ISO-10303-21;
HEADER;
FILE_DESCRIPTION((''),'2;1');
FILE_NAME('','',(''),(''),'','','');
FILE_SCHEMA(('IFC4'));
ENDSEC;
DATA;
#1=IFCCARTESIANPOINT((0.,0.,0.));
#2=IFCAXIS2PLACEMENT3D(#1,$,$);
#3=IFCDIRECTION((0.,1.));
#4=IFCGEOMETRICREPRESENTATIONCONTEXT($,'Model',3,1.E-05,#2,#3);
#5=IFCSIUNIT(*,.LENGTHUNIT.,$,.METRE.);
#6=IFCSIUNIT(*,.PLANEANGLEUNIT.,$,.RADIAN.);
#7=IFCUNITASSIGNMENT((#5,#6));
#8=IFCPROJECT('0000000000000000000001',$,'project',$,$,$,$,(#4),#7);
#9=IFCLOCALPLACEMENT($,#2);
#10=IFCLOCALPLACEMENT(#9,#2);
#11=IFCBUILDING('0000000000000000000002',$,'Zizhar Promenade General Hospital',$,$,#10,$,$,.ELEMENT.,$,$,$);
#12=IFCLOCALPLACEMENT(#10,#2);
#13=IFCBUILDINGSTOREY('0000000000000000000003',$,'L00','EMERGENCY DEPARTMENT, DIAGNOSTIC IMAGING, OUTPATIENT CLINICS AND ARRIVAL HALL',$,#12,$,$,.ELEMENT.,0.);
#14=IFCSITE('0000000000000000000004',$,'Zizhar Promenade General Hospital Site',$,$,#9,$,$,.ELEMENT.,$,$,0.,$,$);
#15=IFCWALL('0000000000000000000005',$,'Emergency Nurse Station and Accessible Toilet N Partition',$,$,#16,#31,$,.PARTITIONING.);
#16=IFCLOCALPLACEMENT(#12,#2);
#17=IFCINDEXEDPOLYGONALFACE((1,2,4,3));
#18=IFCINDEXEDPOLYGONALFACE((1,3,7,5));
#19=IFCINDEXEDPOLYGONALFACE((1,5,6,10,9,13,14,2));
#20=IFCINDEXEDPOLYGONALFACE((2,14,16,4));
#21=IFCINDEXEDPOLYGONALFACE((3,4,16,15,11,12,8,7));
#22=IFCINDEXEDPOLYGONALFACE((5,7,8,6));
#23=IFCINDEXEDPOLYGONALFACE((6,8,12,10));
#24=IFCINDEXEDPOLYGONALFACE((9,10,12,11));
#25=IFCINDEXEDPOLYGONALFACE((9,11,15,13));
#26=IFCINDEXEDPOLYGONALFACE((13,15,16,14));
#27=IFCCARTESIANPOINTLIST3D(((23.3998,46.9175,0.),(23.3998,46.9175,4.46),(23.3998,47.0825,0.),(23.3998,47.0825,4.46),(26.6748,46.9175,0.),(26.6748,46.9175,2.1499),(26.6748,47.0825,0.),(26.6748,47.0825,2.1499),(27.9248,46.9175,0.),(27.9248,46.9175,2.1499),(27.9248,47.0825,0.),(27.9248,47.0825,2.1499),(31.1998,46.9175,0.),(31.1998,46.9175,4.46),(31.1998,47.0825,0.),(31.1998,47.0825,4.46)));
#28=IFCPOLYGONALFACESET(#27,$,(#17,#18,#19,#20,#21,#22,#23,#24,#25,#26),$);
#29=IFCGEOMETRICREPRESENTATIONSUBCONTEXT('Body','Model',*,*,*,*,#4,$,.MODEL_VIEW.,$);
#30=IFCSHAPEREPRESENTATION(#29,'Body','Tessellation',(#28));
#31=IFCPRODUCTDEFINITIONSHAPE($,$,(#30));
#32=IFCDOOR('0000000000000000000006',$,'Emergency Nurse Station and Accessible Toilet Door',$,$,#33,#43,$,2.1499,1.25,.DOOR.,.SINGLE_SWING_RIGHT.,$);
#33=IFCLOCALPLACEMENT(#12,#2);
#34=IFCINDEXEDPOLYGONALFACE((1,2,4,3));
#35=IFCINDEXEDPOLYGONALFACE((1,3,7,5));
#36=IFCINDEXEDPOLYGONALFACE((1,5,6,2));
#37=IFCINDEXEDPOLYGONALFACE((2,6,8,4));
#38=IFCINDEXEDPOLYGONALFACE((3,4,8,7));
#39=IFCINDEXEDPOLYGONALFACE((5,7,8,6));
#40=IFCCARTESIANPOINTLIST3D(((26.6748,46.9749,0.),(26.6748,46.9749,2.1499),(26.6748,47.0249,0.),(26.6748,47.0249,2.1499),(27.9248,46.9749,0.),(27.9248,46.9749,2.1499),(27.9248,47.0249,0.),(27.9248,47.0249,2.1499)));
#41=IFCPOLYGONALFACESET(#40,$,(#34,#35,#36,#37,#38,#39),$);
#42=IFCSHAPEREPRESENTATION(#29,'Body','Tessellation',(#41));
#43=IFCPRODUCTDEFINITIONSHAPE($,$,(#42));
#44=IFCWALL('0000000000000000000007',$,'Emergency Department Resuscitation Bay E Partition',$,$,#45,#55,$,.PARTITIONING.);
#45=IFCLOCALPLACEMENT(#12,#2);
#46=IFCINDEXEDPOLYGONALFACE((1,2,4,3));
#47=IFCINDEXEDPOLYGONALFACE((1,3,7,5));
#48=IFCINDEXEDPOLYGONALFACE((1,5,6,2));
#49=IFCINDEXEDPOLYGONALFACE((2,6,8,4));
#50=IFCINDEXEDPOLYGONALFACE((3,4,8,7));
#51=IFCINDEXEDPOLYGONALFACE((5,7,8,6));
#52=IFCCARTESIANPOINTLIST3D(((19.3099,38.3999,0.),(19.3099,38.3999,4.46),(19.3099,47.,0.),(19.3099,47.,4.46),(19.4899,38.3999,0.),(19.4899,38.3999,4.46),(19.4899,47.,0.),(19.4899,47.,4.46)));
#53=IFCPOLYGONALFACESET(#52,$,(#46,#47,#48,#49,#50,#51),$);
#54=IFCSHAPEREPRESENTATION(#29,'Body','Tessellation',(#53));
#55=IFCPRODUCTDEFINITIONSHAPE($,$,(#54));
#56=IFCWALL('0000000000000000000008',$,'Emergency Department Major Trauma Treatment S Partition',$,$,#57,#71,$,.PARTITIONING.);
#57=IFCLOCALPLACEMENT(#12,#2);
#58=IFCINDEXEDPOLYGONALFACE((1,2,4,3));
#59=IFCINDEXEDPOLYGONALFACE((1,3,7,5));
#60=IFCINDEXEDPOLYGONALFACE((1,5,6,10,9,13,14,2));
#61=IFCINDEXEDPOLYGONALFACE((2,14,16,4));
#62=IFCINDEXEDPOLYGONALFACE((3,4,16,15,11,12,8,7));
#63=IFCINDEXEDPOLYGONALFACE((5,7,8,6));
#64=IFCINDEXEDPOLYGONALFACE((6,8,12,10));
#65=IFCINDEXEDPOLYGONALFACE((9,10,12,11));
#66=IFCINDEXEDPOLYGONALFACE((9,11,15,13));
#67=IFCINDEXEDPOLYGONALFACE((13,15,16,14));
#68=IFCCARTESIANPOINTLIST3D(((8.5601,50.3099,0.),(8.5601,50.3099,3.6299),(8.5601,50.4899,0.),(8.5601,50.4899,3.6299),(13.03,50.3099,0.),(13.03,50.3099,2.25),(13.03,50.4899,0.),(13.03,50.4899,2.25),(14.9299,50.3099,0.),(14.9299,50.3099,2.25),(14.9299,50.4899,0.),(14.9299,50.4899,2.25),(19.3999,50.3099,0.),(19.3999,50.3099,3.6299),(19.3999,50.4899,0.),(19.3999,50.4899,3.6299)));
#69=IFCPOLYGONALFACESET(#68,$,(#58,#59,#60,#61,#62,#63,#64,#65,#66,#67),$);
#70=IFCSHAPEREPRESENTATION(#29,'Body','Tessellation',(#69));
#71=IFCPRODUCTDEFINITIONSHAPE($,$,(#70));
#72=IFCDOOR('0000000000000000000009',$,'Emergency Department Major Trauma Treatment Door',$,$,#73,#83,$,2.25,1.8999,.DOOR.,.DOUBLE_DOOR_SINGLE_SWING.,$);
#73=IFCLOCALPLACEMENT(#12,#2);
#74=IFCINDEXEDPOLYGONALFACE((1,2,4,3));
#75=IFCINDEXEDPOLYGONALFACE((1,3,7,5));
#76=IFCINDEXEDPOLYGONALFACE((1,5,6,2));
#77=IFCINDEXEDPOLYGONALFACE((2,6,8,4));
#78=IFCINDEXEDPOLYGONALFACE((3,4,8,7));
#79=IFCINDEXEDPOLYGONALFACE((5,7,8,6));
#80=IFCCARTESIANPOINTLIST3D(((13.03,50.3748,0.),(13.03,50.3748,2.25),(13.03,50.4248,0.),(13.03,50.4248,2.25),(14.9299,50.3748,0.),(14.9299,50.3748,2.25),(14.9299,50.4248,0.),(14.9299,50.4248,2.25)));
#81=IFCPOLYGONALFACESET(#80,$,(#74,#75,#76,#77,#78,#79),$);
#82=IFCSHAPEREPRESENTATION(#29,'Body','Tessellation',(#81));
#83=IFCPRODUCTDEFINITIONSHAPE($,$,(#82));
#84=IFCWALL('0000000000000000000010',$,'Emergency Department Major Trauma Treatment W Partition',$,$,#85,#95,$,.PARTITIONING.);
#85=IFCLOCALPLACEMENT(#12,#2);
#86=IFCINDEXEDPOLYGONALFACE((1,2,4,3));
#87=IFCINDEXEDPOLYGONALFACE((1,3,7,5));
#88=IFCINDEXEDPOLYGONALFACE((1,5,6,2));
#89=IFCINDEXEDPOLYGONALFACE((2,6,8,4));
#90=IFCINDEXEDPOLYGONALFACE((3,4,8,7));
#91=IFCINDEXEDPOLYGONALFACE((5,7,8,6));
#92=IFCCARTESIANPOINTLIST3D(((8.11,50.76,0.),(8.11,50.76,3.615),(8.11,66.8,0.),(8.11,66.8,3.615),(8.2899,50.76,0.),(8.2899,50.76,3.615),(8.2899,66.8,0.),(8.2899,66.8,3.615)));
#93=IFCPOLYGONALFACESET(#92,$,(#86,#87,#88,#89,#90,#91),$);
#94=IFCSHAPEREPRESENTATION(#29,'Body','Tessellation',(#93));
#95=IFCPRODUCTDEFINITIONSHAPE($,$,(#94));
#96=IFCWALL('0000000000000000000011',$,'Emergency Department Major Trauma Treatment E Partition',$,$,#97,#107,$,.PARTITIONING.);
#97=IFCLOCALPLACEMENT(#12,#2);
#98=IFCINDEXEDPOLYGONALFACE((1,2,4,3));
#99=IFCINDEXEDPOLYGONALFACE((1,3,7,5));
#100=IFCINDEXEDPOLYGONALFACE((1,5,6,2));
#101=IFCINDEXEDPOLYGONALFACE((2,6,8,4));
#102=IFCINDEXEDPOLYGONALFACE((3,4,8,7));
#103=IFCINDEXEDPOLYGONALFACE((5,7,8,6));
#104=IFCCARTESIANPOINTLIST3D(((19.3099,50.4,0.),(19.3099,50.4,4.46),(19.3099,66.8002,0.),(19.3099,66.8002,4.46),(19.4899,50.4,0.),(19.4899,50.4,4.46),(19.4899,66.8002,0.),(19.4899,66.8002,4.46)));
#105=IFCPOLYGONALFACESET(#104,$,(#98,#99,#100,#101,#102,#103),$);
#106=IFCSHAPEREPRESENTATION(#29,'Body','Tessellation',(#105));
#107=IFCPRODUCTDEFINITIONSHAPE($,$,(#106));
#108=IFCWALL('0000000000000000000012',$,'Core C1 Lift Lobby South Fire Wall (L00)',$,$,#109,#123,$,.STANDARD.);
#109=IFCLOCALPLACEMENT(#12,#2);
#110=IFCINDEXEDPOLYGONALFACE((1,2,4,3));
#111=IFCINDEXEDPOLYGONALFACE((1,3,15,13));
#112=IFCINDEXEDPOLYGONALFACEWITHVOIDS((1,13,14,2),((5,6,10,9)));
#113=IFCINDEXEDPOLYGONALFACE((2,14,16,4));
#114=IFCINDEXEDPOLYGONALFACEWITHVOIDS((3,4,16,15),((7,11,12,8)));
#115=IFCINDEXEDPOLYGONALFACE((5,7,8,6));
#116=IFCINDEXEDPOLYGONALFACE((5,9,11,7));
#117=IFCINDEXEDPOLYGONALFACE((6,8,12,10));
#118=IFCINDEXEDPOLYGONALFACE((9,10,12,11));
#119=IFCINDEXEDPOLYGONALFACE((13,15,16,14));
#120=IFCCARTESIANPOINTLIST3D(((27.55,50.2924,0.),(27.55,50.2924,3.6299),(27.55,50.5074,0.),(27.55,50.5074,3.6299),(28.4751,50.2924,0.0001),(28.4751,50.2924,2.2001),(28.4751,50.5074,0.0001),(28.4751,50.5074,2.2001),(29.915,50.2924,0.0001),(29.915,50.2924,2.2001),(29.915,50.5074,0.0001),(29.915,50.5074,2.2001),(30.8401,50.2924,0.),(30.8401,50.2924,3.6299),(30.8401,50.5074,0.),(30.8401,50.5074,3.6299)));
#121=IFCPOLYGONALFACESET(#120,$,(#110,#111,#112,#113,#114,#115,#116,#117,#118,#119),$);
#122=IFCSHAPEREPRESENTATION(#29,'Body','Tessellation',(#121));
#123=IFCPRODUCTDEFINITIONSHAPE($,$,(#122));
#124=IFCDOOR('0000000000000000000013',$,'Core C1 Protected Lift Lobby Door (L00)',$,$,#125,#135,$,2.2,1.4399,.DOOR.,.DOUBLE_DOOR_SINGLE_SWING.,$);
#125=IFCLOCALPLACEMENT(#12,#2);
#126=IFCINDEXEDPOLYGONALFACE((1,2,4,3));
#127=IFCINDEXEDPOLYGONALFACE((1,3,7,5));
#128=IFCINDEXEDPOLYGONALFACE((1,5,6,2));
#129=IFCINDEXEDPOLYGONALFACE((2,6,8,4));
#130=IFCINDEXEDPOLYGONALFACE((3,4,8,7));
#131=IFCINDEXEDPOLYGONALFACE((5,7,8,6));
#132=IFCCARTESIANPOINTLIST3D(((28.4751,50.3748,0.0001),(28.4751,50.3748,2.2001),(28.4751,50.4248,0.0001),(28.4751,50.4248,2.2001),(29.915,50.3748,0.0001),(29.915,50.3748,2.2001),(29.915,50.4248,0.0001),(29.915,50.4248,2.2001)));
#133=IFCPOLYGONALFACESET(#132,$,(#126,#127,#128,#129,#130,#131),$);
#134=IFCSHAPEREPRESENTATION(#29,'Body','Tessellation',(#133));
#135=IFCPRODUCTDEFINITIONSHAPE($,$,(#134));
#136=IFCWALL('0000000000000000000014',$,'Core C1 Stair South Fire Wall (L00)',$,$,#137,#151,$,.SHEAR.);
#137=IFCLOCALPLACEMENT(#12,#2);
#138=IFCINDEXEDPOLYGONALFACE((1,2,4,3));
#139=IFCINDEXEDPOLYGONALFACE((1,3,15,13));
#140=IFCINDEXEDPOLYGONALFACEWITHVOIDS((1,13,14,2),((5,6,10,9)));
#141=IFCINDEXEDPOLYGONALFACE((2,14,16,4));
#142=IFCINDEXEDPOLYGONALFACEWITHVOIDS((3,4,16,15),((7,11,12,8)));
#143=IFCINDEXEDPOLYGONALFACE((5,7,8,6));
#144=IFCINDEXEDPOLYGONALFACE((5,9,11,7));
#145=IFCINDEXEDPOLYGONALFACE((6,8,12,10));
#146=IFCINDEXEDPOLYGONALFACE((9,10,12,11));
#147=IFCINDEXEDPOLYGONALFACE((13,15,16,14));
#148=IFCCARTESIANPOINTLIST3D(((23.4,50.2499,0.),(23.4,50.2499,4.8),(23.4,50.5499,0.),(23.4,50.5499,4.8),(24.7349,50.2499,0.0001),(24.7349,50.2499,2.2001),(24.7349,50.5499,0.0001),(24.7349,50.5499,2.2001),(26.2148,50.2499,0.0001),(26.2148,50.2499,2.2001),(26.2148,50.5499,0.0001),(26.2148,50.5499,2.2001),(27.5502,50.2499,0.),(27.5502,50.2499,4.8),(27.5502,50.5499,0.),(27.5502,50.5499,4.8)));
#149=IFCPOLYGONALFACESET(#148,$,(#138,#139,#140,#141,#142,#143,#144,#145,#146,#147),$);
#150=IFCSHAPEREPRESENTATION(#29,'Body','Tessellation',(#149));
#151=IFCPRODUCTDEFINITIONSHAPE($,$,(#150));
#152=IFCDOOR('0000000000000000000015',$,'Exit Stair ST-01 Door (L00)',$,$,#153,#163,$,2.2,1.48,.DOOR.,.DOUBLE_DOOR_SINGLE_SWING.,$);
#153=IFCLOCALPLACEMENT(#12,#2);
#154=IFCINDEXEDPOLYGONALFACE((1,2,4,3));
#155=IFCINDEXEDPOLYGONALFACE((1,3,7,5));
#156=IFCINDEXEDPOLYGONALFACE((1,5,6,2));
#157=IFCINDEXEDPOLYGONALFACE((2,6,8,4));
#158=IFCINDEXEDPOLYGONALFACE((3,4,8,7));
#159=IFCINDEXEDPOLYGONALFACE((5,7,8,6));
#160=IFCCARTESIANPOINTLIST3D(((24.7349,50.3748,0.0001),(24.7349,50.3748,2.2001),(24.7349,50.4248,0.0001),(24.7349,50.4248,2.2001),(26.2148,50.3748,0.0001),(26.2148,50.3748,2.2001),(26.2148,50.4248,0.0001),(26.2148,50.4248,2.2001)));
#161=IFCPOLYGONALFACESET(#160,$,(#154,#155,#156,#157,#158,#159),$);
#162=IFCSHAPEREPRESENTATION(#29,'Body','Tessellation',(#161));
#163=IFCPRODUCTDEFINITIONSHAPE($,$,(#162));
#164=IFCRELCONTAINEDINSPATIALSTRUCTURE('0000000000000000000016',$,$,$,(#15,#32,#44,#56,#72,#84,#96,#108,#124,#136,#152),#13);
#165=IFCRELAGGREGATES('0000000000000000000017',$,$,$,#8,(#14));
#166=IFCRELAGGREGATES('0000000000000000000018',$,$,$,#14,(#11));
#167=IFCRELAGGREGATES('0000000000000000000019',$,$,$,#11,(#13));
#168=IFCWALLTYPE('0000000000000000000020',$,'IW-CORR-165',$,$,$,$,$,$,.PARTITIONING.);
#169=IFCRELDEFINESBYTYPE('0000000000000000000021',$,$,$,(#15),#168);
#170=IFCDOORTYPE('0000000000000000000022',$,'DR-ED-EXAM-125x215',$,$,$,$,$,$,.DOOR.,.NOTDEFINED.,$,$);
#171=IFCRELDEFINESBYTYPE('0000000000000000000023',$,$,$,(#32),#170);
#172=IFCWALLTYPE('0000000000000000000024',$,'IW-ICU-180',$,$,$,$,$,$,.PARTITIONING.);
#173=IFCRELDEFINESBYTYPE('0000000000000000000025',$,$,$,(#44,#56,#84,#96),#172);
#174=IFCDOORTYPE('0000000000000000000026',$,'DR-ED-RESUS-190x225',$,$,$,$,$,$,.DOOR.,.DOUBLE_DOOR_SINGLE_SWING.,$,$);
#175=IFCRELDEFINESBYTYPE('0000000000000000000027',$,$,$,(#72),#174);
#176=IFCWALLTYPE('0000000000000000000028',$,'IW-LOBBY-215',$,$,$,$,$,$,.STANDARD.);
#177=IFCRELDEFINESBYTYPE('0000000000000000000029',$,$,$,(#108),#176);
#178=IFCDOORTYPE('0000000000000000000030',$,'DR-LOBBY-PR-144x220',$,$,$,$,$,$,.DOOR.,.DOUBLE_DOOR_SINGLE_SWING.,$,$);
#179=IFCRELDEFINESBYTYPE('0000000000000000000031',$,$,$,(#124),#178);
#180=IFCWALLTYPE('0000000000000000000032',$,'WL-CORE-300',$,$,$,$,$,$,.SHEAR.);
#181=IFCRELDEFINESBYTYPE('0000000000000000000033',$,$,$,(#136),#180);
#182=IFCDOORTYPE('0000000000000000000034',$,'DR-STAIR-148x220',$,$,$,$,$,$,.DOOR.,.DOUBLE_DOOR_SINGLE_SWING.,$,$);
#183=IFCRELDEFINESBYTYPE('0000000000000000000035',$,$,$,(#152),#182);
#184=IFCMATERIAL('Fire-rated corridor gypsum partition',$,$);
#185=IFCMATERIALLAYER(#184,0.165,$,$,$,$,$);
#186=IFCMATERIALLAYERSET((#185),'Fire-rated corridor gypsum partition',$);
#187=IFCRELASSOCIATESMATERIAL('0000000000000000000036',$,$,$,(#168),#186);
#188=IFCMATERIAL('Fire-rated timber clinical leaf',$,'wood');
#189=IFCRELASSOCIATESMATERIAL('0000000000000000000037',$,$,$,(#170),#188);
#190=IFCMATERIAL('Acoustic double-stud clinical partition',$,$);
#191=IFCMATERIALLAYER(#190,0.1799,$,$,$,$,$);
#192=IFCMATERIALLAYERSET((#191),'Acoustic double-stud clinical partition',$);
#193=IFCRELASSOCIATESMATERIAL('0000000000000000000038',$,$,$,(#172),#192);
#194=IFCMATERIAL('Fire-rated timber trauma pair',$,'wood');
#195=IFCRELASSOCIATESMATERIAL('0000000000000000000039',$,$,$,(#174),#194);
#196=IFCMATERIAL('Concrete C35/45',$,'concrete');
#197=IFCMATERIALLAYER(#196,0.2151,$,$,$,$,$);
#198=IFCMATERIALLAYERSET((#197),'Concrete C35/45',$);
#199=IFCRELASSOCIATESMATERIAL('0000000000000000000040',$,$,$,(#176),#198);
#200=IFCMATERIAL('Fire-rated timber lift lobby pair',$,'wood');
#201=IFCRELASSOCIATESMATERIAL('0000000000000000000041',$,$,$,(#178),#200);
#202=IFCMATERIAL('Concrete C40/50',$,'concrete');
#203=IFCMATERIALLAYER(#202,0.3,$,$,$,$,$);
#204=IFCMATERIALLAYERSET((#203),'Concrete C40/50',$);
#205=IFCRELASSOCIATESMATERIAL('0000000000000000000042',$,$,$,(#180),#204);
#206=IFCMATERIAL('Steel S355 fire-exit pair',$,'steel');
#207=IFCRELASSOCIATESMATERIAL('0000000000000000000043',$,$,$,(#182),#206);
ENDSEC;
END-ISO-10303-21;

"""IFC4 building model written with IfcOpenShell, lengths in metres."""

from ifc_helpers import new_model, si_unit, direction, frame, frame_2d, origin, place, context, subcontext, project, spatial, rectangle, extrude, material, layer, layer_set, type_object, element, fill, save


model = new_model("IFC4")

# Units and contexts
model_context = context("Model", 3, precision=1e-05, world=origin(), true_north=direction((0.0, 1.0)))
body_context = subcontext(model_context, "Body", "Model", "MODEL_VIEW")
ifc_project = project(units=[si_unit("LENGTHUNIT", "METRE"), si_unit("PLANEANGLEUNIT", "RADIAN")], contexts=[model_context])

# Site, building, storey
site_placement = place(None, origin())
site = spatial("IfcSite", under=ifc_project, at=site_placement, Name="Zizhar Promenade General Hospital Site", CompositionType="ELEMENT", RefElevation=0.0)
building_placement = place(site_placement, origin())
building = spatial("IfcBuilding", under=site, at=building_placement, Name="Zizhar Promenade General Hospital", CompositionType="ELEMENT")
storey_placement = place(building_placement, origin())
storey = spatial("IfcBuildingStorey", under=building, at=storey_placement, Name="L00", Description="EMERGENCY DEPARTMENT, DIAGNOSTIC IMAGING, OUTPATIENT CLINICS AND ARRIVAL HALL", CompositionType="ELEMENT", Elevation=0.0)

# Wall, opening, door
ifc_material_1 = material(Name="Fire-rated corridor gypsum partition")
ifc_layer_1 = layer(ifc_material_1, 0.165)
ifc_layer_set_1 = layer_set([ifc_layer_1], Name="Fire-rated corridor gypsum partition")
wall_type_1 = type_object("IfcWallType", Name="IW-CORR-165", PredefinedType="PARTITIONING", material=ifc_layer_set_1)
wall_1_placement = place(storey_placement, frame((23.3999, 47.0, 0.0), z_axis=(0.0, 0.0, 1.0), x_axis=(1.0, 0.0, 0.0)))
wall_1 = element("IfcWall", 1, at=wall_1_placement, inside=storey, type_object=wall_type_1, Name="Emergency Nurse Station and Accessible Toilet N Partition", PredefinedType="PARTITIONING", context=body_context, shape_type="SweptSolid", body=[
    extrude(rectangle(XDim=7.8, YDim=0.165, at=frame_2d((3.8999, 0.0))), origin(), (0.0, 0.0, 1.0), 4.46),
])
opening_1_placement = place(wall_1_placement, frame((3.2749, 0.0, 0.0)))
opening_1 = element("IfcOpeningElement", 2, at=opening_1_placement, cuts=wall_1, PredefinedType="OPENING", context=body_context, shape_type="SweptSolid", body=[
    extrude(rectangle(XDim=1.25, YDim=2.1499, at=frame_2d((0.625, 1.075))), frame((0.0, 0.0925, 0.0), z_axis=(0.0, -1.0, 0.0), x_axis=(1.0, 0.0, 0.0)), (0.0, 0.0, 1.0), 0.1851),
])
ifc_material_2 = material(Name="Fire-rated timber clinical leaf", Category="wood")
door_type_1 = type_object("IfcDoorType", Name="DR-ED-EXAM-125x215", OperationType="NOTDEFINED", PredefinedType="DOOR", material=ifc_material_2)
door_1_placement = place(opening_1_placement, origin())
door_1 = element("IfcDoor", 3, at=door_1_placement, inside=storey, type_object=door_type_1, Name="Emergency Nurse Station and Accessible Toilet Door", OperationType="SINGLE_SWING_RIGHT", OverallHeight=2.1499, OverallWidth=1.25, PredefinedType="DOOR", context=body_context, shape_type="SweptSolid", body=[
    extrude(rectangle(XDim=1.25, YDim=2.1499, at=frame_2d((0.625, 1.075))), frame((0.0, 0.0249, 0.0), z_axis=(0.0, -1.0, 0.0), x_axis=(1.0, 0.0, 0.0)), (0.0, 0.0, 1.0), 0.05),
])
fill(opening_1, door_1)

# Wall
ifc_material_3 = material(Name="Acoustic double-stud clinical partition")
ifc_layer_2 = layer(ifc_material_3, 0.1799)
ifc_layer_set_2 = layer_set([ifc_layer_2], Name="Acoustic double-stud clinical partition")
wall_type_2 = type_object("IfcWallType", Name="IW-ICU-180", PredefinedType="PARTITIONING", material=ifc_layer_set_2)
wall_2_placement = place(storey_placement, frame((19.3999, 38.3999, 0.0), z_axis=(0.0, 0.0, 1.0), x_axis=(0.0, 1.0, 0.0)))
element("IfcWall", 4, at=wall_2_placement, inside=storey, type_object=wall_type_2, Name="Emergency Department Resuscitation Bay E Partition", PredefinedType="PARTITIONING", context=body_context, shape_type="SweptSolid", body=[
    extrude(rectangle(XDim=8.6001, YDim=0.1799, at=frame_2d((4.3, 0.0))), origin(), (0.0, 0.0, 1.0), 4.46),
])

# Wall, opening, door
wall_3_placement = place(storey_placement, frame((8.5601, 50.3999, 0.0), z_axis=(0.0, 0.0, 1.0), x_axis=(1.0, 0.0, 0.0)))
wall_3 = element("IfcWall", 5, at=wall_3_placement, inside=storey, type_object=wall_type_2, Name="Emergency Department Major Trauma Treatment S Partition", PredefinedType="PARTITIONING", context=body_context, shape_type="SweptSolid", body=[
    extrude(rectangle(XDim=10.8398, YDim=0.1799, at=frame_2d((5.4199, 0.0))), origin(), (0.0, 0.0, 1.0), 3.6299),
])
opening_2_placement = place(wall_3_placement, frame((4.47, 0.0, 0.0)))
opening_2 = element("IfcOpeningElement", 6, at=opening_2_placement, cuts=wall_3, PredefinedType="OPENING", context=body_context, shape_type="SweptSolid", body=[
    extrude(rectangle(XDim=1.8999, YDim=2.25, at=frame_2d((0.95, 1.125))), frame((0.0, 0.1001, 0.0), z_axis=(0.0, -1.0, 0.0), x_axis=(1.0, 0.0, 0.0)), (0.0, 0.0, 1.0), 0.2),
])
ifc_material_4 = material(Name="Fire-rated timber trauma pair", Category="wood")
door_type_2 = type_object("IfcDoorType", Name="DR-ED-RESUS-190x225", OperationType="DOUBLE_DOOR_SINGLE_SWING", PredefinedType="DOOR", material=ifc_material_4)
door_2_placement = place(opening_2_placement, origin())
door_2 = element("IfcDoor", 7, at=door_2_placement, inside=storey, type_object=door_type_2, Name="Emergency Department Major Trauma Treatment Door", OperationType="DOUBLE_DOOR_SINGLE_SWING", OverallHeight=2.25, OverallWidth=1.8999, PredefinedType="DOOR", context=body_context, shape_type="SweptSolid", body=[
    extrude(rectangle(XDim=1.8999, YDim=2.25, at=frame_2d((0.95, 1.125))), frame((0.0, 0.0249, 0.0), z_axis=(0.0, -1.0, 0.0), x_axis=(1.0, 0.0, 0.0)), (0.0, 0.0, 1.0), 0.05),
])
fill(opening_2, door_2)

# Walls
wall_4_placement = place(storey_placement, frame((8.2, 50.76, 0.0), z_axis=(0.0, 0.0, 1.0), x_axis=(0.0, 1.0, 0.0)))
element("IfcWall", 8, at=wall_4_placement, inside=storey, type_object=wall_type_2, Name="Emergency Department Major Trauma Treatment W Partition", PredefinedType="PARTITIONING", context=body_context, shape_type="SweptSolid", body=[
    extrude(rectangle(XDim=16.04, YDim=0.1799, at=frame_2d((8.02, 0.0))), origin(), (0.0, 0.0, 1.0), 3.615),
])
wall_5_placement = place(storey_placement, frame((19.3999, 50.3999, 0.0), z_axis=(0.0, 0.0, 1.0), x_axis=(0.0, 1.0, 0.0)))
element("IfcWall", 9, at=wall_5_placement, inside=storey, type_object=wall_type_2, Name="Emergency Department Major Trauma Treatment E Partition", PredefinedType="PARTITIONING", context=body_context, shape_type="SweptSolid", body=[
    extrude(rectangle(XDim=16.4001, YDim=0.1799, at=frame_2d((8.2002, 0.0))), origin(), (0.0, 0.0, 1.0), 4.46),
])

# Walls, openings, doors
ifc_material_5 = material(Name="Concrete C35/45", Category="concrete")
ifc_layer_3 = layer(ifc_material_5, 0.2151)
ifc_layer_set_3 = layer_set([ifc_layer_3], Name="Concrete C35/45")
wall_type_3 = type_object("IfcWallType", Name="IW-LOBBY-215", PredefinedType="STANDARD", material=ifc_layer_set_3)
wall_6_placement = place(storey_placement, frame((27.55, 50.3999, 0.0), z_axis=(0.0, 0.0, 1.0), x_axis=(1.0, 0.0, 0.0)))
wall_6 = element("IfcWall", 10, at=wall_6_placement, inside=storey, type_object=wall_type_3, Name="Core C1 Lift Lobby South Fire Wall (L00)", PredefinedType="STANDARD", context=body_context, shape_type="SweptSolid", body=[
    extrude(rectangle(XDim=3.29, YDim=0.2151, at=frame_2d((1.645, 0.0))), origin(), (0.0, 0.0, 1.0), 3.6299),
])
opening_3_placement = place(wall_6_placement, frame((0.925, 0.0, 0.0)))
opening_3 = element("IfcOpeningElement", 11, at=opening_3_placement, cuts=wall_6, PredefinedType="OPENING", context=body_context, shape_type="SweptSolid", body=[
    extrude(rectangle(XDim=1.4399, YDim=2.2, at=frame_2d((0.72, 1.1001))), frame((0.0, 0.1177, 0.0), z_axis=(0.0, -1.0, 0.0), x_axis=(1.0, 0.0, 0.0)), (0.0, 0.0, 1.0), 0.2351),
])
ifc_material_6 = material(Name="Fire-rated timber lift lobby pair", Category="wood")
door_type_3 = type_object("IfcDoorType", Name="DR-LOBBY-PR-144x220", OperationType="DOUBLE_DOOR_SINGLE_SWING", PredefinedType="DOOR", material=ifc_material_6)
door_3_placement = place(opening_3_placement, origin())
door_3 = element("IfcDoor", 12, at=door_3_placement, inside=storey, type_object=door_type_3, Name="Core C1 Protected Lift Lobby Door (L00)", OperationType="DOUBLE_DOOR_SINGLE_SWING", OverallHeight=2.2, OverallWidth=1.4399, PredefinedType="DOOR", context=body_context, shape_type="SweptSolid", body=[
    extrude(rectangle(XDim=1.4399, YDim=2.2, at=frame_2d((0.72, 1.1001))), frame((0.0, 0.0249, 0.0), z_axis=(0.0, -1.0, 0.0), x_axis=(1.0, 0.0, 0.0)), (0.0, 0.0, 1.0), 0.05),
])
fill(opening_3, door_3)
ifc_material_7 = material(Name="Concrete C40/50", Category="concrete")
ifc_layer_4 = layer(ifc_material_7, 0.3)
ifc_layer_set_4 = layer_set([ifc_layer_4], Name="Concrete C40/50")
wall_type_4 = type_object("IfcWallType", Name="WL-CORE-300", PredefinedType="SHEAR", material=ifc_layer_set_4)
wall_7_placement = place(storey_placement, frame((23.3999, 50.3999, 0.0), z_axis=(0.0, 0.0, 1.0), x_axis=(1.0, 0.0, 0.0)))
wall_7 = element("IfcWall", 13, at=wall_7_placement, inside=storey, type_object=wall_type_4, Name="Core C1 Stair South Fire Wall (L00)", PredefinedType="SHEAR", context=body_context, shape_type="SweptSolid", body=[
    extrude(rectangle(XDim=4.1501, YDim=0.3, at=frame_2d((2.0752, 0.0))), origin(), (0.0, 0.0, 1.0), 4.8),
])
opening_4_placement = place(wall_7_placement, frame((1.335, 0.0, 0.0)))
opening_4 = element("IfcOpeningElement", 14, at=opening_4_placement, cuts=wall_7, PredefinedType="OPENING", context=body_context, shape_type="SweptSolid", body=[
    extrude(rectangle(XDim=1.48, YDim=2.2, at=frame_2d((0.74, 1.1001))), frame((0.0, 0.1602, 0.0), z_axis=(0.0, -1.0, 0.0), x_axis=(1.0, 0.0, 0.0)), (0.0, 0.0, 1.0), 0.3201),
])
ifc_material_8 = material(Name="Steel S355 fire-exit pair", Category="steel")
door_type_4 = type_object("IfcDoorType", Name="DR-STAIR-148x220", OperationType="DOUBLE_DOOR_SINGLE_SWING", PredefinedType="DOOR", material=ifc_material_8)
door_4_placement = place(opening_4_placement, origin())
door_4 = element("IfcDoor", 15, at=door_4_placement, inside=storey, type_object=door_type_4, Name="Exit Stair ST-01 Door (L00)", OperationType="DOUBLE_DOOR_SINGLE_SWING", OverallHeight=2.2, OverallWidth=1.48, PredefinedType="DOOR", context=body_context, shape_type="SweptSolid", body=[
    extrude(rectangle(XDim=1.48, YDim=2.2, at=frame_2d((0.74, 1.1001))), frame((0.0, 0.0249, 0.0), z_axis=(0.0, -1.0, 0.0), x_axis=(1.0, 0.0, 0.0)), (0.0, 0.0, 1.0), 0.05),
])
fill(opening_4, door_4)

save(model, "model.ifc")
